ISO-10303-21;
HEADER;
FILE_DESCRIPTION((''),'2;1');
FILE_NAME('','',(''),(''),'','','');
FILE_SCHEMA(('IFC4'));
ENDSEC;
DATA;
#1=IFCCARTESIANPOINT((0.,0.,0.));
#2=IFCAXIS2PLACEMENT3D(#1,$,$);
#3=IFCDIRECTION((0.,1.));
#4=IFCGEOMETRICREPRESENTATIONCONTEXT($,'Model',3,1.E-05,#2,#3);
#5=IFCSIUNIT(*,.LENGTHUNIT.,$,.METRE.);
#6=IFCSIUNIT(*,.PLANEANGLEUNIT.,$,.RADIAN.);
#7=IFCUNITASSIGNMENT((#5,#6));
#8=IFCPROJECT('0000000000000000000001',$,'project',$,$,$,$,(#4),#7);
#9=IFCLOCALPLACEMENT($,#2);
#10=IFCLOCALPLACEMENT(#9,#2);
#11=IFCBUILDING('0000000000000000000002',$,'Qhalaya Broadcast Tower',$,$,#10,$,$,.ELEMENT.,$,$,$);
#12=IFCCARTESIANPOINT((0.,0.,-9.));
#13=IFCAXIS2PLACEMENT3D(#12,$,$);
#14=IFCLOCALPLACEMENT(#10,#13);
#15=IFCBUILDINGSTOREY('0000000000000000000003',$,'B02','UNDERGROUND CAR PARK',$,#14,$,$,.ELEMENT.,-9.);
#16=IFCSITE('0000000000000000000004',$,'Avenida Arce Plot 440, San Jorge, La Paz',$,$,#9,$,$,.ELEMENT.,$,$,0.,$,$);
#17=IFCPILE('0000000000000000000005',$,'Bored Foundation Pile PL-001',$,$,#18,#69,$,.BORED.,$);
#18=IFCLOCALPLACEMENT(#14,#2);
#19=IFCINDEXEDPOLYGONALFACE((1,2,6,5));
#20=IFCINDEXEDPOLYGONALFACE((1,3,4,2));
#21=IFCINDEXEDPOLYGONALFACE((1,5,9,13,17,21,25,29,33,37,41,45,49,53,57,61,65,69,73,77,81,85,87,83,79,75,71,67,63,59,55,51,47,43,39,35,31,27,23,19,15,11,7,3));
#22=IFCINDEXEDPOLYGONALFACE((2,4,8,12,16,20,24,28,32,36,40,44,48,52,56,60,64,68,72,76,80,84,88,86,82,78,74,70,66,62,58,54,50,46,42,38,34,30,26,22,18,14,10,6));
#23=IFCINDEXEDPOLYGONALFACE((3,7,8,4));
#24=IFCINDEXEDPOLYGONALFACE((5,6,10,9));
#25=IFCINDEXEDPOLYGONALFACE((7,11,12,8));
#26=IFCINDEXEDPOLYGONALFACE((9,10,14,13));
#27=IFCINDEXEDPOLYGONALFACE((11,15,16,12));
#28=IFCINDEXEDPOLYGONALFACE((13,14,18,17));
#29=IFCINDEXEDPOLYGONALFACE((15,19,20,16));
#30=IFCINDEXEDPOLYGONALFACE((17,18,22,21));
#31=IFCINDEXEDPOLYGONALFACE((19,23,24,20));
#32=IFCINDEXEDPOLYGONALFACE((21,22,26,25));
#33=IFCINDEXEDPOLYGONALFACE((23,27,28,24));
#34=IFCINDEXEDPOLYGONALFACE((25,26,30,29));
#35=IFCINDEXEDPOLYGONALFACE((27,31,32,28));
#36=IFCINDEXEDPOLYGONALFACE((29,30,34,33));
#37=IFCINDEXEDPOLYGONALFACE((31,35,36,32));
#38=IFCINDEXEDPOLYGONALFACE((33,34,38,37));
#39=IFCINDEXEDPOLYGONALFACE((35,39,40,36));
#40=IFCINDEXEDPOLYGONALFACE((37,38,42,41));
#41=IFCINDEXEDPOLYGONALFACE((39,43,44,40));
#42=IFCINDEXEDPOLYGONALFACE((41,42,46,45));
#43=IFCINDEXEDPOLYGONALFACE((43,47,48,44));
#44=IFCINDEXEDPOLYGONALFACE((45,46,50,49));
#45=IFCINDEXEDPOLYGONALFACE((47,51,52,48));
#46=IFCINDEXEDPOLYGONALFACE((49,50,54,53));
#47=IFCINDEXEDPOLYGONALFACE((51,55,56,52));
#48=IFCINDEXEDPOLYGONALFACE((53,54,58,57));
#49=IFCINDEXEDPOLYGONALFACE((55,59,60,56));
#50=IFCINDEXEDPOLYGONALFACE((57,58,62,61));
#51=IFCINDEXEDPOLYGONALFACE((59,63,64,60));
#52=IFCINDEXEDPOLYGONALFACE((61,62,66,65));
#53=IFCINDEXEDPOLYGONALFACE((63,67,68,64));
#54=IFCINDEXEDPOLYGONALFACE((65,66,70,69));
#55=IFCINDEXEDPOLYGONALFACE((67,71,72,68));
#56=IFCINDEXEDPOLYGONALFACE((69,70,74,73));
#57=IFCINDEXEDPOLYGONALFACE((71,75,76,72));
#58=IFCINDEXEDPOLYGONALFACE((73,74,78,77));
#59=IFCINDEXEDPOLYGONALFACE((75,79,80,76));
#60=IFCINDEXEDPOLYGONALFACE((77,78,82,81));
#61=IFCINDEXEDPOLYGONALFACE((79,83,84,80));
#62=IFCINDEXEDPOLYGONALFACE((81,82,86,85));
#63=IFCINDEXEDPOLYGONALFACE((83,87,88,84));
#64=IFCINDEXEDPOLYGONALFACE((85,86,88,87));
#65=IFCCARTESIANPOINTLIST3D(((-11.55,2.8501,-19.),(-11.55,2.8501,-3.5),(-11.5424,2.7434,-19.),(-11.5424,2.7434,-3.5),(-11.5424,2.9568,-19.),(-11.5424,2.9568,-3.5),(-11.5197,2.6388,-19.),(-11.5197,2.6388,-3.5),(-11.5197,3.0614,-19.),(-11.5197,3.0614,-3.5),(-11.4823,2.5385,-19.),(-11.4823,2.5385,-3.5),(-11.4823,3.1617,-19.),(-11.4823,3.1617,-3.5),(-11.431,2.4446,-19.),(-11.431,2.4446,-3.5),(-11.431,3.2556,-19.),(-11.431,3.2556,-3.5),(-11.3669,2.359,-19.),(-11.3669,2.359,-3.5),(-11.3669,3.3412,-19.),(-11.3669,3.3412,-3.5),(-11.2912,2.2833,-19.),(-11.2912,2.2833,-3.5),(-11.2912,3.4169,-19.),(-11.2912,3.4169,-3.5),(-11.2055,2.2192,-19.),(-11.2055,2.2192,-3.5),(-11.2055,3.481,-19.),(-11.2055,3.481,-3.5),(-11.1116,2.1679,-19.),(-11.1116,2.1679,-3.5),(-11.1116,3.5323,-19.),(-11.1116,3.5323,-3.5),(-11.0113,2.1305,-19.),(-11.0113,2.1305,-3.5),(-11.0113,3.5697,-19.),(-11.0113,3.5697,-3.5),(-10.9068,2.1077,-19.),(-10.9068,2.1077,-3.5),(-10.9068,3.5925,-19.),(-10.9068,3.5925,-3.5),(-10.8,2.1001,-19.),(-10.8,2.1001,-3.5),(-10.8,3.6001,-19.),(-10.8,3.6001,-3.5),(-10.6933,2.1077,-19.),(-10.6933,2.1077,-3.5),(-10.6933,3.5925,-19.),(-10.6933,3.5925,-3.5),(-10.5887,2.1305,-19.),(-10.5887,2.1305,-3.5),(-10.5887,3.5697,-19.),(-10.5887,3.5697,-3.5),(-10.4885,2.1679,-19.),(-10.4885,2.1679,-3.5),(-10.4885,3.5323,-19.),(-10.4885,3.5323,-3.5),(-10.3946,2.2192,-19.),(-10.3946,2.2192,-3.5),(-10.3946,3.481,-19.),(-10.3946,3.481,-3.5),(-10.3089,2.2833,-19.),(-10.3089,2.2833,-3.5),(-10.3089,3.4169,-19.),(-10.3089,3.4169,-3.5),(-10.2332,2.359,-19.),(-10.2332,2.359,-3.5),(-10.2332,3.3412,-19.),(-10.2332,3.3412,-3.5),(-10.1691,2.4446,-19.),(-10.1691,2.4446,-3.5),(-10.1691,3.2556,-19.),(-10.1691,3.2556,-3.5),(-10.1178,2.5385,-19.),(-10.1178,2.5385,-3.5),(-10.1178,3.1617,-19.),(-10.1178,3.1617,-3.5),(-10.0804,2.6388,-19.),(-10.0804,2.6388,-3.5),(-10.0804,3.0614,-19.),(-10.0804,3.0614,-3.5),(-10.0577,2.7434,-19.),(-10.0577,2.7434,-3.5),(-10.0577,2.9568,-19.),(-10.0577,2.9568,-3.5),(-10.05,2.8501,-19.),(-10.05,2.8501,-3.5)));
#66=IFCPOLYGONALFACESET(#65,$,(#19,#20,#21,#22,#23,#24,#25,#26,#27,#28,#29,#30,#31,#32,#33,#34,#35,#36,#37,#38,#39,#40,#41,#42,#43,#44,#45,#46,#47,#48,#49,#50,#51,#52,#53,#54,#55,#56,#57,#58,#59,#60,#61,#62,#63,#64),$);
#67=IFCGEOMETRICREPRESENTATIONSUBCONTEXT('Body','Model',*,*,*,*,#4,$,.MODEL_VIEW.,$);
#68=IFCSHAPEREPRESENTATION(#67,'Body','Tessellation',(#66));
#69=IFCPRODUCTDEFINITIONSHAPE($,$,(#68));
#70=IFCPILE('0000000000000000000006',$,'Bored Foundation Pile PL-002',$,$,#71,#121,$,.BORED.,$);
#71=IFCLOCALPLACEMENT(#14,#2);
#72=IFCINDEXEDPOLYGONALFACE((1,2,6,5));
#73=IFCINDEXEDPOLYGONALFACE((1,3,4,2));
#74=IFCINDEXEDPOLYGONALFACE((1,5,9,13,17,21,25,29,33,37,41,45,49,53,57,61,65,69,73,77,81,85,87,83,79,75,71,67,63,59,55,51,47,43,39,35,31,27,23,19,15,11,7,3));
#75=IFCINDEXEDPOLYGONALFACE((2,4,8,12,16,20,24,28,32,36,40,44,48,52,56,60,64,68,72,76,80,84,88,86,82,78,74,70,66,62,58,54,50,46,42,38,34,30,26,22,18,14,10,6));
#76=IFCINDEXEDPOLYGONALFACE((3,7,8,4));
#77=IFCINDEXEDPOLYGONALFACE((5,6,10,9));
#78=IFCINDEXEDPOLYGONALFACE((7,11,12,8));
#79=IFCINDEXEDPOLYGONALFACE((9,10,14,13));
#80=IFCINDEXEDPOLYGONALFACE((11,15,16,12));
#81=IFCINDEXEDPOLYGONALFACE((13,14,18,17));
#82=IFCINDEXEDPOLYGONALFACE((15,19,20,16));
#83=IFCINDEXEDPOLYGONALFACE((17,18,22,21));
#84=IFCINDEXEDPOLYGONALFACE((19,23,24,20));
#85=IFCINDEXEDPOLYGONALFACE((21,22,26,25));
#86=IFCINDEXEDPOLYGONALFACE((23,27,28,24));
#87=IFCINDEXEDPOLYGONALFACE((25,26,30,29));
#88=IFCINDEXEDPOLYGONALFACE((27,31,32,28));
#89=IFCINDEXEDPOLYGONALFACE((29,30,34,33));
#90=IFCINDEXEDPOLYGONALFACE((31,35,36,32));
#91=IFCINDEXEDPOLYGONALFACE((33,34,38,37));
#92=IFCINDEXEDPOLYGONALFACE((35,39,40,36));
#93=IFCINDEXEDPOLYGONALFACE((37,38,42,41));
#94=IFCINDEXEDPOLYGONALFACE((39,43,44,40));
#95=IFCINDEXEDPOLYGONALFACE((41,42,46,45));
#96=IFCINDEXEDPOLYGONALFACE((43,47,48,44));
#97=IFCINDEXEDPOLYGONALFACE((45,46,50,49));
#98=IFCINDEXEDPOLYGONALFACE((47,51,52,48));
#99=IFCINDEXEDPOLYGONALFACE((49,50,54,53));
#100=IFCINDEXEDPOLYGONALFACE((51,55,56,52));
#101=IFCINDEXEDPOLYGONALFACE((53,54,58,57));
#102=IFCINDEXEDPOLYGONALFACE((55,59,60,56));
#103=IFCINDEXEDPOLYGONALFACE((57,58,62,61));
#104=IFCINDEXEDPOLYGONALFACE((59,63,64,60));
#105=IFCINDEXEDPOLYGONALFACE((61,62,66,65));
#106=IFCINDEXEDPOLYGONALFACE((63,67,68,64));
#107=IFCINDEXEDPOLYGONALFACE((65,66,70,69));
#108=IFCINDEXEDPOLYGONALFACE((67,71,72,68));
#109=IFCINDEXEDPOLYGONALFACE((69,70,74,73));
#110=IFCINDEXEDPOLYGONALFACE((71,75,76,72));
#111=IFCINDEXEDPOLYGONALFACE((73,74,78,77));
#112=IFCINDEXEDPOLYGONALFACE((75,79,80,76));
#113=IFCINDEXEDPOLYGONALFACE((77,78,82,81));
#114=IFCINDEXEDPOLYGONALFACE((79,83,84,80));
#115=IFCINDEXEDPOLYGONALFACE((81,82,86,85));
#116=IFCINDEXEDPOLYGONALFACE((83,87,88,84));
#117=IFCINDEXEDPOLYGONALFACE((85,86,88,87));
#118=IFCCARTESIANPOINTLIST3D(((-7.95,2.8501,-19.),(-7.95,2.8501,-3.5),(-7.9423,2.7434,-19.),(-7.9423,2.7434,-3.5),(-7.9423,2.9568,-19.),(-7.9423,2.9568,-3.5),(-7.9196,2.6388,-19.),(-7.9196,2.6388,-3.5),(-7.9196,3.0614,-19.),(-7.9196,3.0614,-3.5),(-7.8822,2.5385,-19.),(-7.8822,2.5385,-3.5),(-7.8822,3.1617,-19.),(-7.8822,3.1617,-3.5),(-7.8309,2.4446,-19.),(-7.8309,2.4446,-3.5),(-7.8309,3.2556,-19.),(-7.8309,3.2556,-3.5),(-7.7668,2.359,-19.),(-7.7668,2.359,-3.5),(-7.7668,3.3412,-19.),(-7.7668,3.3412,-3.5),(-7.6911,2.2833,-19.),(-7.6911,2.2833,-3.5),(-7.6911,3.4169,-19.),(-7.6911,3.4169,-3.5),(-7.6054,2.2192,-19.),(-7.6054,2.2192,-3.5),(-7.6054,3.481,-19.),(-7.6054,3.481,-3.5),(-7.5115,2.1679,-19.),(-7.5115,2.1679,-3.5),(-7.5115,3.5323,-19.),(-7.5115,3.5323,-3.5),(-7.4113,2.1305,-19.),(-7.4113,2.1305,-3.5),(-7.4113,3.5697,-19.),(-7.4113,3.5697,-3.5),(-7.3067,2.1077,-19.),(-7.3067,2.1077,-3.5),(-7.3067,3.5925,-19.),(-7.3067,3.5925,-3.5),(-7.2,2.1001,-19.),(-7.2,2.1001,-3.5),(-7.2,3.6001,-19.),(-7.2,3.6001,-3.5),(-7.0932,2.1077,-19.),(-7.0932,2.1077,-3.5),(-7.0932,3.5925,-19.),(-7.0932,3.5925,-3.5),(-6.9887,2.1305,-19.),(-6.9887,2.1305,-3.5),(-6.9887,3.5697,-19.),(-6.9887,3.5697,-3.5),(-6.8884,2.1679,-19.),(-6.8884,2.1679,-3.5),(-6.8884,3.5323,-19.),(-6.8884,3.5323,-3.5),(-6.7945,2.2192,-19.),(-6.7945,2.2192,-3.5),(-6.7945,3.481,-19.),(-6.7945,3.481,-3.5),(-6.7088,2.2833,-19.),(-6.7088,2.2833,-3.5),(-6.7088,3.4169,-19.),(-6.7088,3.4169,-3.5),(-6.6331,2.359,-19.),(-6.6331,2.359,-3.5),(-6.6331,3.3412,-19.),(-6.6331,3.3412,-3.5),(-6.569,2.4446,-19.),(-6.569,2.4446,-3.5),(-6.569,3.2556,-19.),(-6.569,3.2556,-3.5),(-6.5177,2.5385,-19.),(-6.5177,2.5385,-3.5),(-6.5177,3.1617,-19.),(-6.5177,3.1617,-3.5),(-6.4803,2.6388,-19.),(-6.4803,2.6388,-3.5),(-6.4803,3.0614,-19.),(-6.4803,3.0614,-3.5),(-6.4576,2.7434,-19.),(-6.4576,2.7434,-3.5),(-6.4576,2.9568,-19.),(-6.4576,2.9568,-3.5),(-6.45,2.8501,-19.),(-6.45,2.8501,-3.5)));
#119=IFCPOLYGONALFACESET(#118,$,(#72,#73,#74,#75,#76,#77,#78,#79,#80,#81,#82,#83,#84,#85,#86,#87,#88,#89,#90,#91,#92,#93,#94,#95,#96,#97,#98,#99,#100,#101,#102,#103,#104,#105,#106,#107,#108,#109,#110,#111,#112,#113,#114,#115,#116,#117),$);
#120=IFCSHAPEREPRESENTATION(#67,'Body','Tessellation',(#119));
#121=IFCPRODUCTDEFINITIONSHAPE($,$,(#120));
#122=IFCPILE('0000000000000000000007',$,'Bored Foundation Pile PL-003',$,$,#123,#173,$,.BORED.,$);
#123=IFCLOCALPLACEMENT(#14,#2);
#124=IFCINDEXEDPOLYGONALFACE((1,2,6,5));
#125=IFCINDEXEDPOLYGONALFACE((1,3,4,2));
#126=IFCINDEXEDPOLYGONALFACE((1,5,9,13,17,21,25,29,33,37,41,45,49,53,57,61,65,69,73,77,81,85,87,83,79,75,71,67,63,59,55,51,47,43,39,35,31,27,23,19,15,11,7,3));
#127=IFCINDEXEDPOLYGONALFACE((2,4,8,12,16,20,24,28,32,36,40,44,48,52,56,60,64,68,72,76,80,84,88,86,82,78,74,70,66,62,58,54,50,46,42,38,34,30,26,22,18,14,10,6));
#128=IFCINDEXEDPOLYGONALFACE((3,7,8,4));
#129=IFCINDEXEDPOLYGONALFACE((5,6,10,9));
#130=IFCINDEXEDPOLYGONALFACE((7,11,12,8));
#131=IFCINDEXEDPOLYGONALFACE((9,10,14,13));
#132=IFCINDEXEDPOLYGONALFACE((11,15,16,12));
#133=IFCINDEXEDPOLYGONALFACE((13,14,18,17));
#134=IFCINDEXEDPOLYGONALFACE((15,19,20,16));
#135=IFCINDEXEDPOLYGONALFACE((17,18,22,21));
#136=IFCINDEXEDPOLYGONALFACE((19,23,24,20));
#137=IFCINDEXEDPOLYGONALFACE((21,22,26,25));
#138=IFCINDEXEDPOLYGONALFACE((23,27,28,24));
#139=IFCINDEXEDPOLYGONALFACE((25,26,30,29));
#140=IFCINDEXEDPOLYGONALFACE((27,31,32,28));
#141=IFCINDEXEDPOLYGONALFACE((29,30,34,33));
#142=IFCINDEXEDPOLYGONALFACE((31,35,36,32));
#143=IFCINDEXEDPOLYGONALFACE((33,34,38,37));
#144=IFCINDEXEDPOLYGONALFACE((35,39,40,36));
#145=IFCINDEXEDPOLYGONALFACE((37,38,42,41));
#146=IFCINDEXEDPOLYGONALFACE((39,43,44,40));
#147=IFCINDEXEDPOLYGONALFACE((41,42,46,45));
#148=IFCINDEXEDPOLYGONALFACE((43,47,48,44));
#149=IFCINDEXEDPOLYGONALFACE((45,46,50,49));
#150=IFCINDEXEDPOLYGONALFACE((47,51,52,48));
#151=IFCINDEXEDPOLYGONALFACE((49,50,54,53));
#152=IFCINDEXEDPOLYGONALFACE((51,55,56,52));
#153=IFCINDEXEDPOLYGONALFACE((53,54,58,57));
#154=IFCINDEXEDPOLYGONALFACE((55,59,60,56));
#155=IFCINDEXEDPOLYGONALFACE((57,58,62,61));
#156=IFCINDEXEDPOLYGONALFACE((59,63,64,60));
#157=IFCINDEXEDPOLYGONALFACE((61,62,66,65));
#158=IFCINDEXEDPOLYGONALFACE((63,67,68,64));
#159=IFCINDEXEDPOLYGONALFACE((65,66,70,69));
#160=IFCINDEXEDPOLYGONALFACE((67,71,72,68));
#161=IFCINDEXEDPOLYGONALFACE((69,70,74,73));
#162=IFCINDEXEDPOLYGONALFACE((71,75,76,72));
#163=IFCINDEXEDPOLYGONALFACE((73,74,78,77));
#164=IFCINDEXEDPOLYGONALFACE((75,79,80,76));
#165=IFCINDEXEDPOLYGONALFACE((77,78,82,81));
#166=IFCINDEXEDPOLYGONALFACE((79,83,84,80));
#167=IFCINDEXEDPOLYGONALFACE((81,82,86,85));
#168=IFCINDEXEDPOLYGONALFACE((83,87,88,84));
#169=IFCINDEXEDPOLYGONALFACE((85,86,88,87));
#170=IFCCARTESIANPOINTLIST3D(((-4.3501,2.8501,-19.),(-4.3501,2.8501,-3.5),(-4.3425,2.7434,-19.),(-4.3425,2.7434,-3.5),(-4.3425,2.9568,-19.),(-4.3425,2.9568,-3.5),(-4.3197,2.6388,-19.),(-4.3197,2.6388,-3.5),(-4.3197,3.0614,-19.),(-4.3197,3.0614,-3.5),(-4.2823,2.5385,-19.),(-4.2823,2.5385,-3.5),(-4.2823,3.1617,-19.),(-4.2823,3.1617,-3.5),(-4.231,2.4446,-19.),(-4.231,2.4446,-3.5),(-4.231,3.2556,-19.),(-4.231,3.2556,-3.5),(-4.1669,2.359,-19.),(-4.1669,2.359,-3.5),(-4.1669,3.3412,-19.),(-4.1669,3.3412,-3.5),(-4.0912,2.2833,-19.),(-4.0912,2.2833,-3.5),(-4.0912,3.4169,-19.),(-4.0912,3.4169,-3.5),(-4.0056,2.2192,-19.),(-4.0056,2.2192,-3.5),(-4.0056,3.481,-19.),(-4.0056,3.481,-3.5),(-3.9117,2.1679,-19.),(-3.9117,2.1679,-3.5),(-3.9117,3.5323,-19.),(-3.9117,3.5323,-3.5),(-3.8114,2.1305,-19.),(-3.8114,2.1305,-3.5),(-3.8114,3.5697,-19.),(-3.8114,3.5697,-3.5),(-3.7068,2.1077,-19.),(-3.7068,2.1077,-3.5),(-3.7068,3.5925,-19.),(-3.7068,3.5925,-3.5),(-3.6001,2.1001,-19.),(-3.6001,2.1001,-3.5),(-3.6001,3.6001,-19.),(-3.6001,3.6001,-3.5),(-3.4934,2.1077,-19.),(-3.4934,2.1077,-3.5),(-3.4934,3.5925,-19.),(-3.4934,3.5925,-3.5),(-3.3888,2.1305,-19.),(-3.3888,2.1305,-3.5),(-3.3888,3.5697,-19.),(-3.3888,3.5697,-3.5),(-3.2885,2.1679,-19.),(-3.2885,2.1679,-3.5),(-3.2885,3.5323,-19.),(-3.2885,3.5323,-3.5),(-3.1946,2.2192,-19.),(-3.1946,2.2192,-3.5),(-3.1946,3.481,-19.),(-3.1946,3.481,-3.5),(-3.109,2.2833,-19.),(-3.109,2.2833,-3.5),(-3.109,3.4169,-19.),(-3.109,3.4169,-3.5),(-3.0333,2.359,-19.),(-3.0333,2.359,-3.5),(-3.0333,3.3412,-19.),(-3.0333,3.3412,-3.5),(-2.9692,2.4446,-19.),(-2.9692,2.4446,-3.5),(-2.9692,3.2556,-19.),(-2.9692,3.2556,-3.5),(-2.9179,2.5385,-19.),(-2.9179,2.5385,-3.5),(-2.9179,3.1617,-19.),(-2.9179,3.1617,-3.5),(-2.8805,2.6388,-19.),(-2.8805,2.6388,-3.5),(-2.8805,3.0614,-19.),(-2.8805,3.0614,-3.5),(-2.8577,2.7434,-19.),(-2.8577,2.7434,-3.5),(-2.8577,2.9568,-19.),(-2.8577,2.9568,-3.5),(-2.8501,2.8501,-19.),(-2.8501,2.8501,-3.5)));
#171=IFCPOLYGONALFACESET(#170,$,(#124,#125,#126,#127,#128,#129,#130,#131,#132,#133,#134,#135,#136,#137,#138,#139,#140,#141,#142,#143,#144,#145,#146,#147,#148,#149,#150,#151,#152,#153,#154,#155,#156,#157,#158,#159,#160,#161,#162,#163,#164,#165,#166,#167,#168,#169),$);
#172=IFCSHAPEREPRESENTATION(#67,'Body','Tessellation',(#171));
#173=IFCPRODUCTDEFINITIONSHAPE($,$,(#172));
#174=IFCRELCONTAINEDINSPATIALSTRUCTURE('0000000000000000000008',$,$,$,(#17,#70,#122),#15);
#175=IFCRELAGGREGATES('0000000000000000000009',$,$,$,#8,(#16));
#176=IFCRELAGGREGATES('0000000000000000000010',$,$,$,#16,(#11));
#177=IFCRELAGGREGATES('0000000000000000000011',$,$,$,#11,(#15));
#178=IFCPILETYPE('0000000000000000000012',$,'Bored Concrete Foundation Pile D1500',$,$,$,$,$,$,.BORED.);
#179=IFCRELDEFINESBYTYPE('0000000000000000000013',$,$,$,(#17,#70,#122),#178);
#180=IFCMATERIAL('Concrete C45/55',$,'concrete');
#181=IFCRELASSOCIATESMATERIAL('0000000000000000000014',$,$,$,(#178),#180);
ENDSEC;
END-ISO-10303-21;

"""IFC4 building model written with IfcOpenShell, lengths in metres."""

from ifc_helpers import new_model, si_unit, direction, frame, origin, origin_2d, place, context, subcontext, project, spatial, circle, extrude, material, material_profile, profile_set, type_object, element, save


model = new_model("IFC4")

# Units and contexts
model_context = context("Model", 3, precision=1e-05, world=origin(), true_north=direction((0.0, 1.0)))
body_context = subcontext(model_context, "Body", "Model", "MODEL_VIEW")
ifc_project = project(units=[si_unit("LENGTHUNIT", "METRE"), si_unit("PLANEANGLEUNIT", "RADIAN")], contexts=[model_context])

# Site, building, storey
site_placement = place(None, origin())
site = spatial("IfcSite", under=ifc_project, at=site_placement, Name="Avenida Arce Plot 440, San Jorge, La Paz", CompositionType="ELEMENT", RefElevation=0.0)
building_placement = place(site_placement, origin())
building = spatial("IfcBuilding", under=site, at=building_placement, Name="Qhalaya Broadcast Tower", CompositionType="ELEMENT")
storey_placement = place(building_placement, frame((0.0, 0.0, -9.0)))
storey = spatial("IfcBuildingStorey", under=building, at=storey_placement, Name="B02", Description="UNDERGROUND CAR PARK", CompositionType="ELEMENT", Elevation=-9.0)

# Piles
ifc_material_1 = material(Name="Concrete C45/55", Category="concrete")
ifc_material_profile_1 = material_profile(ifc_material_1, circle(Radius=0.75, at=origin_2d()), Name="PILE D1500")
ifc_profile_set_1 = profile_set([ifc_material_profile_1], Name="Concrete C45/55")
pile_type = type_object("IfcPileType", Name="Bored Concrete Foundation Pile D1500", PredefinedType="BORED", material=ifc_profile_set_1)
for number, where, z_axis, x_axis, name in (
    (1, (-10.8, 2.8501, -3.5), (0.0, 0.0, -1.0), (1.0, 0.0, 0.0), "Bored Foundation Pile PL-001"),
    (2, (-7.2, 2.8501, -3.5), (0.0, 0.0, -1.0), (1.0, 0.0, 0.0), "Bored Foundation Pile PL-002"),
    (3, (-3.6001, 2.8501, -3.5), (0.0, 0.0, -1.0), (1.0, 0.0, 0.0), "Bored Foundation Pile PL-003"),
):
    element("IfcPile", number, at=place(storey_placement, frame(where, z_axis=z_axis, x_axis=x_axis)), inside=storey, type_object=pile_type, Name=name, PredefinedType="BORED", context=body_context, shape_type="SweptSolid", body=[
        extrude(circle(Radius=0.75, at=origin_2d()), origin(), (0.0, 0.0, 1.0), 15.5),
    ])

save(model, "model.ifc")
